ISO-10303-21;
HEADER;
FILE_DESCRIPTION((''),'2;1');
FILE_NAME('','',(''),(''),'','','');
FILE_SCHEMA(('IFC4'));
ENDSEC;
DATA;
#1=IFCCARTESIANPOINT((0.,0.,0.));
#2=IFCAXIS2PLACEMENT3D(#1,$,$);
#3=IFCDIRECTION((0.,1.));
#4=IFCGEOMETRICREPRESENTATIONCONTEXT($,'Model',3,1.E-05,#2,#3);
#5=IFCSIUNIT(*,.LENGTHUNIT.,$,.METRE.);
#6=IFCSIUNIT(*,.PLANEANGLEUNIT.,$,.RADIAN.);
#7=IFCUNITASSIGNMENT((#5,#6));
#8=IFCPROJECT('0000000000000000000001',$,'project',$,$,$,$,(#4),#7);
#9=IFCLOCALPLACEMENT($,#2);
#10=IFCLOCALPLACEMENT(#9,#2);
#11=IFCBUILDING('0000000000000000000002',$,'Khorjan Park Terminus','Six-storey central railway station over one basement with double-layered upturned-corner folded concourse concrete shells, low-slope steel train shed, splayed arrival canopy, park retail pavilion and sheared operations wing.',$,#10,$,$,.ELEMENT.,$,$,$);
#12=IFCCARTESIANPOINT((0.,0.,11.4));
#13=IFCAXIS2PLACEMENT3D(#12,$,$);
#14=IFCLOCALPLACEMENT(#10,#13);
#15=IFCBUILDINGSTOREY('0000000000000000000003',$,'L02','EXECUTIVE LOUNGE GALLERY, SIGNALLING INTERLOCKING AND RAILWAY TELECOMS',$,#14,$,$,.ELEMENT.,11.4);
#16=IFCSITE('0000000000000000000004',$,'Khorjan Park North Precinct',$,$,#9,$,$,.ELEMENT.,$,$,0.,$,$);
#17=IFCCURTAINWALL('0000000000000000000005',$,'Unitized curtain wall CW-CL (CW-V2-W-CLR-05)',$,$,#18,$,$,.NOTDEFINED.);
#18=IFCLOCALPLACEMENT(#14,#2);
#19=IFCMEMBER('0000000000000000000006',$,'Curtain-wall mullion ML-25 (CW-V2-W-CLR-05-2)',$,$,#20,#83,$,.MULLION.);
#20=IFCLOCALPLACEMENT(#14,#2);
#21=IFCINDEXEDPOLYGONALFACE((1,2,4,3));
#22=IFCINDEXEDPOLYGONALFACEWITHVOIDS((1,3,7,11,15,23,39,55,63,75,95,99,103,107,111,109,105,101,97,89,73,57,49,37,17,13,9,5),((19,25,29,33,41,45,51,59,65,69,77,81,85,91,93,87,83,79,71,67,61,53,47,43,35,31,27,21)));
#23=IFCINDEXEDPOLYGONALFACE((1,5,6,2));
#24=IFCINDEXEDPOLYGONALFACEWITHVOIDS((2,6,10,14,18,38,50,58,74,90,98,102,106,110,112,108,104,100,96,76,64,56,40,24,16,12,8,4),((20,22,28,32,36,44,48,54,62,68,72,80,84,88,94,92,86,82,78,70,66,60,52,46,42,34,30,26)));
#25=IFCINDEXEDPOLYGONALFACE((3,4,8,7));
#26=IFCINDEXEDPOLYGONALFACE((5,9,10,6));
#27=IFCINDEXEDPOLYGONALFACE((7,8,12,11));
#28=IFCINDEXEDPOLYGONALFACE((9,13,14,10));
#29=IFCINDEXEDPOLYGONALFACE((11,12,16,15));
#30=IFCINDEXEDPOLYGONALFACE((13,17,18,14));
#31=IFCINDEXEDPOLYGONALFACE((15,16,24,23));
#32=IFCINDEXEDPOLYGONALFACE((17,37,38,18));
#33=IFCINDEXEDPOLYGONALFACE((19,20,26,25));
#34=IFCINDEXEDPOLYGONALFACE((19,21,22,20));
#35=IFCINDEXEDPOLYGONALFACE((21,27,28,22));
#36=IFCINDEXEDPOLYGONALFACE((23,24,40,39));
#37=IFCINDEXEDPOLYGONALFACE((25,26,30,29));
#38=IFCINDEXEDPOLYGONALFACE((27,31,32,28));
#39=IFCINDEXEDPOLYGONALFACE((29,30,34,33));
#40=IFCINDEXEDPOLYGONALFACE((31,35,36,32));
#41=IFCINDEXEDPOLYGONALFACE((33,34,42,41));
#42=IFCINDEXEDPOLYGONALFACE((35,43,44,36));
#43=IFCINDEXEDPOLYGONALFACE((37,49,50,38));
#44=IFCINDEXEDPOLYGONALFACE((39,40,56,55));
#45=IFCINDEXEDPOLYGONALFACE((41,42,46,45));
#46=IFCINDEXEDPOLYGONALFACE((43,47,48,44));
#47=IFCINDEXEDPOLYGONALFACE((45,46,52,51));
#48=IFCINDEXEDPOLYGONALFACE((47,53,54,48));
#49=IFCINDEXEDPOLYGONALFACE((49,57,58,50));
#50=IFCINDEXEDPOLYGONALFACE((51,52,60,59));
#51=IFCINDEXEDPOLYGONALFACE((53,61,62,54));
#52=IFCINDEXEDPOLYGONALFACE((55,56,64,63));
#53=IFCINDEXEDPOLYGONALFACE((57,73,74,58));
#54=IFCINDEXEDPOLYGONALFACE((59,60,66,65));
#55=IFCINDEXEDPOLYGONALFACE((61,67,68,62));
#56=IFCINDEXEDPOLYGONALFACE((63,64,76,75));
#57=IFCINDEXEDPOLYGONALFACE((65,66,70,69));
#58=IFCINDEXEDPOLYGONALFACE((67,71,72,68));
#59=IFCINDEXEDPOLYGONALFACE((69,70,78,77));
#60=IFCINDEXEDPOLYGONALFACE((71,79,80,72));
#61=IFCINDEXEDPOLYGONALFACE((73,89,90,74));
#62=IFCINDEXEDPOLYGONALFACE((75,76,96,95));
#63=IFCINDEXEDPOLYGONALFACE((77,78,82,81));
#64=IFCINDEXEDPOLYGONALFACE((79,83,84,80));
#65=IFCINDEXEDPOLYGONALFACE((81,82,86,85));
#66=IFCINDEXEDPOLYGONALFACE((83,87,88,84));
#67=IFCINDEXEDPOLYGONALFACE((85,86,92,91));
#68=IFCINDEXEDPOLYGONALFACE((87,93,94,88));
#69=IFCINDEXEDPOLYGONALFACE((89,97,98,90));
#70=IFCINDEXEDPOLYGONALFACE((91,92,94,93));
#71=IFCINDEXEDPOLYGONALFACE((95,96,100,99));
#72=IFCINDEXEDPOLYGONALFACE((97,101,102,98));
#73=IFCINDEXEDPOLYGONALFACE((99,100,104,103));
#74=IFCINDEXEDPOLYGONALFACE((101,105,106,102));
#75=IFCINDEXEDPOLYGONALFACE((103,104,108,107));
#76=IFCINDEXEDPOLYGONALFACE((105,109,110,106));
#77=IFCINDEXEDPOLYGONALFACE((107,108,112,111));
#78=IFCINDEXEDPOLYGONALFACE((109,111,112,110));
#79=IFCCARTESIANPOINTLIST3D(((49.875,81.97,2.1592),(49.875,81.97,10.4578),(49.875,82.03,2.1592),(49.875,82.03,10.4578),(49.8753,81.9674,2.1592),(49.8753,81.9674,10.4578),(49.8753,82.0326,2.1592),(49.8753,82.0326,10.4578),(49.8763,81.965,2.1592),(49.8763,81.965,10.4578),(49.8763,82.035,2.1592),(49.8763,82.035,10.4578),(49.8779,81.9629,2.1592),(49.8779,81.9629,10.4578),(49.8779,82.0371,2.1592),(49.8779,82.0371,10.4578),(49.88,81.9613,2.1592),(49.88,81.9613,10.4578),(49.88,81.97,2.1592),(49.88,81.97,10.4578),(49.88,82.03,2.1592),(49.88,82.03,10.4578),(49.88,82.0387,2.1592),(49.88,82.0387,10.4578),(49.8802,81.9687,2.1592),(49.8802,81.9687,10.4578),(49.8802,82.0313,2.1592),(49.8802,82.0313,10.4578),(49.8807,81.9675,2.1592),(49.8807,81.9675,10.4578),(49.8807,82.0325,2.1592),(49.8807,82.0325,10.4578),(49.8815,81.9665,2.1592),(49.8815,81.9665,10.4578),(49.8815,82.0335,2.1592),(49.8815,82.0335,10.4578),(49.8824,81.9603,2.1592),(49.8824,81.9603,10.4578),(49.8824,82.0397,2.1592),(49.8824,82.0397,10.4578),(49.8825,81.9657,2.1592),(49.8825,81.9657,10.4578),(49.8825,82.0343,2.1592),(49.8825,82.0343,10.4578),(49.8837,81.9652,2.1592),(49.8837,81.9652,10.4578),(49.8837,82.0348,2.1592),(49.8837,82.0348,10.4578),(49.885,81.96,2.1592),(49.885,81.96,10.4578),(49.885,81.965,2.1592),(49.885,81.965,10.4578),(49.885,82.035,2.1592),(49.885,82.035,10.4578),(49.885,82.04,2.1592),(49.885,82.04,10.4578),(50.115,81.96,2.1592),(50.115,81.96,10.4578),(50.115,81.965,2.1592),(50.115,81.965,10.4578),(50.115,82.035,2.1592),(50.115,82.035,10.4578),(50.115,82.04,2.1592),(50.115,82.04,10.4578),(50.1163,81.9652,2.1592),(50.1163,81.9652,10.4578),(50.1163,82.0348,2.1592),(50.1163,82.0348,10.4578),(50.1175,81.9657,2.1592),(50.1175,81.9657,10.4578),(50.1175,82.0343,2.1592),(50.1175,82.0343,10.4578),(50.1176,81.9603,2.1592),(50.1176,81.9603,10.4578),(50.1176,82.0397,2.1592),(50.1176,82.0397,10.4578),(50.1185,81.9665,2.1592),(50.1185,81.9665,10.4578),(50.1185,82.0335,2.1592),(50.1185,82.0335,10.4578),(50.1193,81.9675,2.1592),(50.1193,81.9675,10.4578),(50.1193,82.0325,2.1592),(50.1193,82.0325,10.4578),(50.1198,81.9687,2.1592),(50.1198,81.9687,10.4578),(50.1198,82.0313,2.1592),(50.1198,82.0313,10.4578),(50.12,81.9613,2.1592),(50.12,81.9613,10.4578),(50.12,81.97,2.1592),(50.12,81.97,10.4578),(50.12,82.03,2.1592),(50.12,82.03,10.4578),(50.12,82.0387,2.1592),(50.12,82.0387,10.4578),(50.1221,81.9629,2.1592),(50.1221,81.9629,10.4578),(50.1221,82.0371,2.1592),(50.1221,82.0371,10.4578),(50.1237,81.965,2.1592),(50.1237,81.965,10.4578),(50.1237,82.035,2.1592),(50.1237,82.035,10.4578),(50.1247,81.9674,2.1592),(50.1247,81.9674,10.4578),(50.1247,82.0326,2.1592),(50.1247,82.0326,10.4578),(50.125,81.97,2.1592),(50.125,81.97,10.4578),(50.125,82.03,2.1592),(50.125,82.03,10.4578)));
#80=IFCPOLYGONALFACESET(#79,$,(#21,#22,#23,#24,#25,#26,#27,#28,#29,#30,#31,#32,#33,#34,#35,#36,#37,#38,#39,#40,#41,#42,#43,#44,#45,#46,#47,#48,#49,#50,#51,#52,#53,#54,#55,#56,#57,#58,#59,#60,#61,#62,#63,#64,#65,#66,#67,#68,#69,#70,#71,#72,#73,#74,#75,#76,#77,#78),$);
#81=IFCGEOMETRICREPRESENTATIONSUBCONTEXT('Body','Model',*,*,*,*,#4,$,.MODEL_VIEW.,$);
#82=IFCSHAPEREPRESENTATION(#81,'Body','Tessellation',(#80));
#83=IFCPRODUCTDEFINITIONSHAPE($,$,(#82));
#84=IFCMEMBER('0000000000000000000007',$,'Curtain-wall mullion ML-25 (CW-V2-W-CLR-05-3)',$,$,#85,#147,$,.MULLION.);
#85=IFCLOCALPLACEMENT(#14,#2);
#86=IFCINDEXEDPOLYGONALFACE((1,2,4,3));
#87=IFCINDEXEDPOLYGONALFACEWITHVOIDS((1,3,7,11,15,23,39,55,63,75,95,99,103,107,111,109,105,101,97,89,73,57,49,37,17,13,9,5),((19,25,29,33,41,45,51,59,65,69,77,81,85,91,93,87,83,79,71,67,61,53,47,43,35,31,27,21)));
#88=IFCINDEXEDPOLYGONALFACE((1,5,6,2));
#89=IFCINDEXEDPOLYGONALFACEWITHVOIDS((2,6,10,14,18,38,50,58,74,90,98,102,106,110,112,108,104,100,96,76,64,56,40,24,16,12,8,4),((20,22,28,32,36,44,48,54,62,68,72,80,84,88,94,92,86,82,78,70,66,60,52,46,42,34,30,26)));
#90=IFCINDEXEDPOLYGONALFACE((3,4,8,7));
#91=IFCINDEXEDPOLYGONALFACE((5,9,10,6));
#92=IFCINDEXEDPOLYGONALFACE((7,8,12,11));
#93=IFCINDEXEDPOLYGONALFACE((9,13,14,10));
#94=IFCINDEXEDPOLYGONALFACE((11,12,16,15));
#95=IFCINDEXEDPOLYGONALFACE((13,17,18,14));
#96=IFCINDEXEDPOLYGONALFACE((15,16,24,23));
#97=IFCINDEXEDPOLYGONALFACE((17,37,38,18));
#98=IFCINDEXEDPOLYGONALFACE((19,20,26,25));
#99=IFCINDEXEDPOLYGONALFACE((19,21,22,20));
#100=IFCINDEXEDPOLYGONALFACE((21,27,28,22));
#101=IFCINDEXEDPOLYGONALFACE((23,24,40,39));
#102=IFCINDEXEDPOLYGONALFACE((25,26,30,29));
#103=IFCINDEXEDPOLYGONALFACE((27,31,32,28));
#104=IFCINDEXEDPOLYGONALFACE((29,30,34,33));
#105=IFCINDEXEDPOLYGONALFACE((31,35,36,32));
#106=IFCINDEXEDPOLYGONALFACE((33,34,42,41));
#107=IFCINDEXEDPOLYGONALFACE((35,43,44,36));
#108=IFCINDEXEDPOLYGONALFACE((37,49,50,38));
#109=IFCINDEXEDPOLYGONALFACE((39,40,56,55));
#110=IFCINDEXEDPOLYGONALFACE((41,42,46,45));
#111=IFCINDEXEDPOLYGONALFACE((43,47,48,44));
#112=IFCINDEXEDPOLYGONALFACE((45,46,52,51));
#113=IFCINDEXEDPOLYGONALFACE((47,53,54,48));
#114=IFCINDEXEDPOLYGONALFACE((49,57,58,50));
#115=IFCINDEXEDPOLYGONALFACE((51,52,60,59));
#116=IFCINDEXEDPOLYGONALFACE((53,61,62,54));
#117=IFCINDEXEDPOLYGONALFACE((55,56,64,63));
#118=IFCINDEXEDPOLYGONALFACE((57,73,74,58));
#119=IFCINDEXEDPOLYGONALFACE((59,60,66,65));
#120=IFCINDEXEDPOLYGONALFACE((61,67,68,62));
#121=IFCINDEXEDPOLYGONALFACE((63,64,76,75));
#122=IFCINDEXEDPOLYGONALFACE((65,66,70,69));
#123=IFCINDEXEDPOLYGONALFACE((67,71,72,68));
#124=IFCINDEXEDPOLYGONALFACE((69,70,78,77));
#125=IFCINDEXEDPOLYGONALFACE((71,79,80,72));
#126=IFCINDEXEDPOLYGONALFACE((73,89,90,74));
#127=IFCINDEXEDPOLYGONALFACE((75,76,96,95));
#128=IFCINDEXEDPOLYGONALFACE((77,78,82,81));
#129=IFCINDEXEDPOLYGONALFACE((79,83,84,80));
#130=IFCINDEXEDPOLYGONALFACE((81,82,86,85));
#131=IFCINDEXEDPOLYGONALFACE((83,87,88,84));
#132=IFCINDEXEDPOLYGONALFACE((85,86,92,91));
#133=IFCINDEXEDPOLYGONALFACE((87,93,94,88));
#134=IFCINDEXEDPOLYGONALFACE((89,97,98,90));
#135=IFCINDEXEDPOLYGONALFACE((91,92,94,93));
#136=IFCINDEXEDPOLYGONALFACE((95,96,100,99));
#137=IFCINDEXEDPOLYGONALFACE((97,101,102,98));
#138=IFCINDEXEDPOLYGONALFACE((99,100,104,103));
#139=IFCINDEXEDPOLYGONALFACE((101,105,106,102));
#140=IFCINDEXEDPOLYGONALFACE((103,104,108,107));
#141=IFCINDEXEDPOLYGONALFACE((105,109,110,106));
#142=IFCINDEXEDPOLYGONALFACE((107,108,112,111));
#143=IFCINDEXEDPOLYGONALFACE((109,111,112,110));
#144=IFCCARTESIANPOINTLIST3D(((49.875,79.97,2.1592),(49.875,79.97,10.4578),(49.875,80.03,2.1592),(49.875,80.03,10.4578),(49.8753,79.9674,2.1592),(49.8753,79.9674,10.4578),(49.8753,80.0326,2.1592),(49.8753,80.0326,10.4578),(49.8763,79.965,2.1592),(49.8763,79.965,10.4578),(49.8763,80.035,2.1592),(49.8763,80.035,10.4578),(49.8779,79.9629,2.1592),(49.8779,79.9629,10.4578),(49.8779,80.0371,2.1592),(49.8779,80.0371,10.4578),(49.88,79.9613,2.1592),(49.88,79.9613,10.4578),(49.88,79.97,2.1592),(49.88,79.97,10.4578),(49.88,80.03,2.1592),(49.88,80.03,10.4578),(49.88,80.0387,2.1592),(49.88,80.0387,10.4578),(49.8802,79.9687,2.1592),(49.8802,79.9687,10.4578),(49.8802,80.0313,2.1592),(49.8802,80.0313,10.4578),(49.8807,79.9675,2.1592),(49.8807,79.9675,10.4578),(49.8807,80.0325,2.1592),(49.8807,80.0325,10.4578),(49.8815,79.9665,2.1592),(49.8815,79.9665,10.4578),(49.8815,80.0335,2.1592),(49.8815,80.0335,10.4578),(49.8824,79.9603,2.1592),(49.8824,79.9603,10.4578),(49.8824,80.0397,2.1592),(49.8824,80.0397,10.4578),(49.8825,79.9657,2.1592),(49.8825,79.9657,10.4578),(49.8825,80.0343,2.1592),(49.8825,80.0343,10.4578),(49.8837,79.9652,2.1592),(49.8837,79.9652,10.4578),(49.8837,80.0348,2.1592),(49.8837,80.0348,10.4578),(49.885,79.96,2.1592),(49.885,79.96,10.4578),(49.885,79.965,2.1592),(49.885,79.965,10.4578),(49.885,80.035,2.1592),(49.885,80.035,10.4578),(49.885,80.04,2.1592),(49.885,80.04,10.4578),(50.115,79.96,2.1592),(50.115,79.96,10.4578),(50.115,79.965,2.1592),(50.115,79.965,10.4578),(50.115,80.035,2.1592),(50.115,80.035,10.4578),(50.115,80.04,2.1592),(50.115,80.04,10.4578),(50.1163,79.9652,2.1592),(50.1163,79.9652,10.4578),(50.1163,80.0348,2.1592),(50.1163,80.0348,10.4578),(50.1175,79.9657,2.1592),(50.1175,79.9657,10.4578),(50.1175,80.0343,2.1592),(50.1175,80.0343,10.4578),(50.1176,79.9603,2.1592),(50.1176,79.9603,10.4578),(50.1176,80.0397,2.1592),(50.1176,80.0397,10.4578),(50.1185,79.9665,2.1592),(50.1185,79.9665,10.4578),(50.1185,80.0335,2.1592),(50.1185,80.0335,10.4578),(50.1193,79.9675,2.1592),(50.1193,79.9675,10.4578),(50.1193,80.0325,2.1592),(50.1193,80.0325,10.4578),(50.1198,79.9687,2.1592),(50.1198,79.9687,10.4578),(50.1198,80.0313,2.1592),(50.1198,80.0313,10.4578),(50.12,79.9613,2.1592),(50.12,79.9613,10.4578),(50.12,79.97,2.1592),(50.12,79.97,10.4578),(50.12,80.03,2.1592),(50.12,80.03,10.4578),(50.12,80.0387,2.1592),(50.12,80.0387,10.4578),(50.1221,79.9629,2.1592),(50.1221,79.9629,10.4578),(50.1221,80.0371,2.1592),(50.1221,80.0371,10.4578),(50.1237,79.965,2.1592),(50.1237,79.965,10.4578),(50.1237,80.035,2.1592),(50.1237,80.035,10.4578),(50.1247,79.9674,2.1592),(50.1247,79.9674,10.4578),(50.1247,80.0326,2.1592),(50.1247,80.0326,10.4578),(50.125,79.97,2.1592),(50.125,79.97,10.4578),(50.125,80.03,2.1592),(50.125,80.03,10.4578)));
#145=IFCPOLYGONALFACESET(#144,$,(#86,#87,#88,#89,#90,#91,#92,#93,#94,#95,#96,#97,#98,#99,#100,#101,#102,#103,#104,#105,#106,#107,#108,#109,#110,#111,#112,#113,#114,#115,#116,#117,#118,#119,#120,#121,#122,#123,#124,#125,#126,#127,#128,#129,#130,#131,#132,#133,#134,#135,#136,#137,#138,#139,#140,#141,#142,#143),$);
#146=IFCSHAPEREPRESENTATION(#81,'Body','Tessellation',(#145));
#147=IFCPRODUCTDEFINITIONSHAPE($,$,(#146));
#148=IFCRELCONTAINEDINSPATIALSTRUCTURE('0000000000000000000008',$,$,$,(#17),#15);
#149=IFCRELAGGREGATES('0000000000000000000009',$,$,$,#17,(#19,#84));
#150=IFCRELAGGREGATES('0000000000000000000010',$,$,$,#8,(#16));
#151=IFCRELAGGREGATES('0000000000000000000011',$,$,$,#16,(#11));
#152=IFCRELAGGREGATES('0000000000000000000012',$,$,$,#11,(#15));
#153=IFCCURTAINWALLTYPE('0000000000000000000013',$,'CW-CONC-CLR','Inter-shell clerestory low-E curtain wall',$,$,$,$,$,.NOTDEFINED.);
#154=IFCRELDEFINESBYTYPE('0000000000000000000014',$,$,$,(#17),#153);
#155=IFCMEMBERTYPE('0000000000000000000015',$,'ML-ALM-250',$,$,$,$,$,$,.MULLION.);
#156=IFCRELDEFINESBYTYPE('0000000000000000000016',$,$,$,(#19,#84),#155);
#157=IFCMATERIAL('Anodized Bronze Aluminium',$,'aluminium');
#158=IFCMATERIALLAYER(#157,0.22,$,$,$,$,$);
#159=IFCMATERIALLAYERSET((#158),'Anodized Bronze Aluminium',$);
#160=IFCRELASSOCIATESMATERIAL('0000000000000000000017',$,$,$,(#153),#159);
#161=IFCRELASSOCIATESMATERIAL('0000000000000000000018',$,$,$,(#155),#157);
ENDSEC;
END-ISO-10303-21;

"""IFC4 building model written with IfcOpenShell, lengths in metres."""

from ifc_helpers import new_model, si_unit, direction, frame, origin, origin_2d, place, context, subcontext, project, spatial, hollow_rectangle, extrude, material, layer, layer_set, material_profile, profile_set, type_object, element, aggregate, save


model = new_model("IFC4")

# Units and contexts
model_context = context("Model", 3, precision=1e-05, world=origin(), true_north=direction((0.0, 1.0)))
body_context = subcontext(model_context, "Body", "Model", "MODEL_VIEW")
ifc_project = project(units=[si_unit("LENGTHUNIT", "METRE"), si_unit("PLANEANGLEUNIT", "RADIAN")], contexts=[model_context])

# Site, building, storey
site_placement = place(None, origin())
site = spatial("IfcSite", under=ifc_project, at=site_placement, Name="Khorjan Park North Precinct", CompositionType="ELEMENT", RefElevation=0.0)
building_placement = place(site_placement, origin())
building = spatial("IfcBuilding", under=site, at=building_placement, Name="Khorjan Park Terminus", Description="Six-storey central railway station over one basement with double-layered upturned-corner folded concourse concrete shells, low-slope steel train shed, splayed arrival canopy, park retail pavilion and sheared operations wing.", CompositionType="ELEMENT")
storey_placement = place(building_placement, frame((0.0, 0.0, 11.4)))
storey = spatial("IfcBuildingStorey", under=building, at=storey_placement, Name="L02", Description="EXECUTIVE LOUNGE GALLERY, SIGNALLING INTERLOCKING AND RAILWAY TELECOMS", CompositionType="ELEMENT", Elevation=11.4)

# Curtain wall, members
ifc_material_1 = material(Name="Anodized Bronze Aluminium", Category="aluminium")
ifc_layer_1 = layer(ifc_material_1, 0.22)
ifc_layer_set_1 = layer_set([ifc_layer_1], Name="Anodized Bronze Aluminium")
curtain_wall_type = type_object("IfcCurtainWallType", Name="CW-CONC-CLR", Description="Inter-shell clerestory low-E curtain wall", PredefinedType="NOTDEFINED", material=ifc_layer_set_1)
curtain_wall_placement = place(storey_placement, origin())
curtain_wall = element("IfcCurtainWall", 1, at=curtain_wall_placement, inside=storey, type_object=curtain_wall_type, Name="Unitized curtain wall CW-CL (CW-V2-W-CLR-05)", PredefinedType="NOTDEFINED")
ifc_material_profile_1 = material_profile(ifc_material_1, hollow_rectangle(XDim=0.08, YDim=0.25, WallThickness=0.005, InnerFilletRadius=0.005, OuterFilletRadius=0.01, at=origin_2d()), Name="ALM 80x250x5")
ifc_profile_set_1 = profile_set([ifc_material_profile_1], Name="Anodized Bronze Aluminium")
member_type_1 = type_object("IfcMemberType", Name="ML-ALM-250", PredefinedType="MULLION", material=ifc_profile_set_1)
member_1_placement = place(storey_placement, frame((50.0, 82.0, 2.1592), z_axis=(0.0, 0.0, 1.0), x_axis=(0.0, -1.0, 0.0)))
member_1 = element("IfcMember", 2, at=member_1_placement, type_object=member_type_1, Name="Curtain-wall mullion ML-25 (CW-V2-W-CLR-05-2)", PredefinedType="MULLION", context=body_context, shape_type="SweptSolid", body=[
    extrude(hollow_rectangle(XDim=0.08, YDim=0.25, WallThickness=0.005, InnerFilletRadius=0.005, OuterFilletRadius=0.01, at=origin_2d()), origin(), (0.0, 0.0, 1.0), 8.2986),
])
member_2_placement = place(storey_placement, frame((50.0, 80.0, 2.1592), z_axis=(0.0, 0.0, 1.0), x_axis=(0.0, -1.0, 0.0)))
member_2 = element("IfcMember", 3, at=member_2_placement, type_object=member_type_1, Name="Curtain-wall mullion ML-25 (CW-V2-W-CLR-05-3)", PredefinedType="MULLION", context=body_context, shape_type="SweptSolid", body=[
    extrude(hollow_rectangle(XDim=0.08, YDim=0.25, WallThickness=0.005, InnerFilletRadius=0.005, OuterFilletRadius=0.01, at=origin_2d()), origin(), (0.0, 0.0, 1.0), 8.2986),
])

aggregate(curtain_wall, [member_1, member_2])

save(model, "model.ifc")
